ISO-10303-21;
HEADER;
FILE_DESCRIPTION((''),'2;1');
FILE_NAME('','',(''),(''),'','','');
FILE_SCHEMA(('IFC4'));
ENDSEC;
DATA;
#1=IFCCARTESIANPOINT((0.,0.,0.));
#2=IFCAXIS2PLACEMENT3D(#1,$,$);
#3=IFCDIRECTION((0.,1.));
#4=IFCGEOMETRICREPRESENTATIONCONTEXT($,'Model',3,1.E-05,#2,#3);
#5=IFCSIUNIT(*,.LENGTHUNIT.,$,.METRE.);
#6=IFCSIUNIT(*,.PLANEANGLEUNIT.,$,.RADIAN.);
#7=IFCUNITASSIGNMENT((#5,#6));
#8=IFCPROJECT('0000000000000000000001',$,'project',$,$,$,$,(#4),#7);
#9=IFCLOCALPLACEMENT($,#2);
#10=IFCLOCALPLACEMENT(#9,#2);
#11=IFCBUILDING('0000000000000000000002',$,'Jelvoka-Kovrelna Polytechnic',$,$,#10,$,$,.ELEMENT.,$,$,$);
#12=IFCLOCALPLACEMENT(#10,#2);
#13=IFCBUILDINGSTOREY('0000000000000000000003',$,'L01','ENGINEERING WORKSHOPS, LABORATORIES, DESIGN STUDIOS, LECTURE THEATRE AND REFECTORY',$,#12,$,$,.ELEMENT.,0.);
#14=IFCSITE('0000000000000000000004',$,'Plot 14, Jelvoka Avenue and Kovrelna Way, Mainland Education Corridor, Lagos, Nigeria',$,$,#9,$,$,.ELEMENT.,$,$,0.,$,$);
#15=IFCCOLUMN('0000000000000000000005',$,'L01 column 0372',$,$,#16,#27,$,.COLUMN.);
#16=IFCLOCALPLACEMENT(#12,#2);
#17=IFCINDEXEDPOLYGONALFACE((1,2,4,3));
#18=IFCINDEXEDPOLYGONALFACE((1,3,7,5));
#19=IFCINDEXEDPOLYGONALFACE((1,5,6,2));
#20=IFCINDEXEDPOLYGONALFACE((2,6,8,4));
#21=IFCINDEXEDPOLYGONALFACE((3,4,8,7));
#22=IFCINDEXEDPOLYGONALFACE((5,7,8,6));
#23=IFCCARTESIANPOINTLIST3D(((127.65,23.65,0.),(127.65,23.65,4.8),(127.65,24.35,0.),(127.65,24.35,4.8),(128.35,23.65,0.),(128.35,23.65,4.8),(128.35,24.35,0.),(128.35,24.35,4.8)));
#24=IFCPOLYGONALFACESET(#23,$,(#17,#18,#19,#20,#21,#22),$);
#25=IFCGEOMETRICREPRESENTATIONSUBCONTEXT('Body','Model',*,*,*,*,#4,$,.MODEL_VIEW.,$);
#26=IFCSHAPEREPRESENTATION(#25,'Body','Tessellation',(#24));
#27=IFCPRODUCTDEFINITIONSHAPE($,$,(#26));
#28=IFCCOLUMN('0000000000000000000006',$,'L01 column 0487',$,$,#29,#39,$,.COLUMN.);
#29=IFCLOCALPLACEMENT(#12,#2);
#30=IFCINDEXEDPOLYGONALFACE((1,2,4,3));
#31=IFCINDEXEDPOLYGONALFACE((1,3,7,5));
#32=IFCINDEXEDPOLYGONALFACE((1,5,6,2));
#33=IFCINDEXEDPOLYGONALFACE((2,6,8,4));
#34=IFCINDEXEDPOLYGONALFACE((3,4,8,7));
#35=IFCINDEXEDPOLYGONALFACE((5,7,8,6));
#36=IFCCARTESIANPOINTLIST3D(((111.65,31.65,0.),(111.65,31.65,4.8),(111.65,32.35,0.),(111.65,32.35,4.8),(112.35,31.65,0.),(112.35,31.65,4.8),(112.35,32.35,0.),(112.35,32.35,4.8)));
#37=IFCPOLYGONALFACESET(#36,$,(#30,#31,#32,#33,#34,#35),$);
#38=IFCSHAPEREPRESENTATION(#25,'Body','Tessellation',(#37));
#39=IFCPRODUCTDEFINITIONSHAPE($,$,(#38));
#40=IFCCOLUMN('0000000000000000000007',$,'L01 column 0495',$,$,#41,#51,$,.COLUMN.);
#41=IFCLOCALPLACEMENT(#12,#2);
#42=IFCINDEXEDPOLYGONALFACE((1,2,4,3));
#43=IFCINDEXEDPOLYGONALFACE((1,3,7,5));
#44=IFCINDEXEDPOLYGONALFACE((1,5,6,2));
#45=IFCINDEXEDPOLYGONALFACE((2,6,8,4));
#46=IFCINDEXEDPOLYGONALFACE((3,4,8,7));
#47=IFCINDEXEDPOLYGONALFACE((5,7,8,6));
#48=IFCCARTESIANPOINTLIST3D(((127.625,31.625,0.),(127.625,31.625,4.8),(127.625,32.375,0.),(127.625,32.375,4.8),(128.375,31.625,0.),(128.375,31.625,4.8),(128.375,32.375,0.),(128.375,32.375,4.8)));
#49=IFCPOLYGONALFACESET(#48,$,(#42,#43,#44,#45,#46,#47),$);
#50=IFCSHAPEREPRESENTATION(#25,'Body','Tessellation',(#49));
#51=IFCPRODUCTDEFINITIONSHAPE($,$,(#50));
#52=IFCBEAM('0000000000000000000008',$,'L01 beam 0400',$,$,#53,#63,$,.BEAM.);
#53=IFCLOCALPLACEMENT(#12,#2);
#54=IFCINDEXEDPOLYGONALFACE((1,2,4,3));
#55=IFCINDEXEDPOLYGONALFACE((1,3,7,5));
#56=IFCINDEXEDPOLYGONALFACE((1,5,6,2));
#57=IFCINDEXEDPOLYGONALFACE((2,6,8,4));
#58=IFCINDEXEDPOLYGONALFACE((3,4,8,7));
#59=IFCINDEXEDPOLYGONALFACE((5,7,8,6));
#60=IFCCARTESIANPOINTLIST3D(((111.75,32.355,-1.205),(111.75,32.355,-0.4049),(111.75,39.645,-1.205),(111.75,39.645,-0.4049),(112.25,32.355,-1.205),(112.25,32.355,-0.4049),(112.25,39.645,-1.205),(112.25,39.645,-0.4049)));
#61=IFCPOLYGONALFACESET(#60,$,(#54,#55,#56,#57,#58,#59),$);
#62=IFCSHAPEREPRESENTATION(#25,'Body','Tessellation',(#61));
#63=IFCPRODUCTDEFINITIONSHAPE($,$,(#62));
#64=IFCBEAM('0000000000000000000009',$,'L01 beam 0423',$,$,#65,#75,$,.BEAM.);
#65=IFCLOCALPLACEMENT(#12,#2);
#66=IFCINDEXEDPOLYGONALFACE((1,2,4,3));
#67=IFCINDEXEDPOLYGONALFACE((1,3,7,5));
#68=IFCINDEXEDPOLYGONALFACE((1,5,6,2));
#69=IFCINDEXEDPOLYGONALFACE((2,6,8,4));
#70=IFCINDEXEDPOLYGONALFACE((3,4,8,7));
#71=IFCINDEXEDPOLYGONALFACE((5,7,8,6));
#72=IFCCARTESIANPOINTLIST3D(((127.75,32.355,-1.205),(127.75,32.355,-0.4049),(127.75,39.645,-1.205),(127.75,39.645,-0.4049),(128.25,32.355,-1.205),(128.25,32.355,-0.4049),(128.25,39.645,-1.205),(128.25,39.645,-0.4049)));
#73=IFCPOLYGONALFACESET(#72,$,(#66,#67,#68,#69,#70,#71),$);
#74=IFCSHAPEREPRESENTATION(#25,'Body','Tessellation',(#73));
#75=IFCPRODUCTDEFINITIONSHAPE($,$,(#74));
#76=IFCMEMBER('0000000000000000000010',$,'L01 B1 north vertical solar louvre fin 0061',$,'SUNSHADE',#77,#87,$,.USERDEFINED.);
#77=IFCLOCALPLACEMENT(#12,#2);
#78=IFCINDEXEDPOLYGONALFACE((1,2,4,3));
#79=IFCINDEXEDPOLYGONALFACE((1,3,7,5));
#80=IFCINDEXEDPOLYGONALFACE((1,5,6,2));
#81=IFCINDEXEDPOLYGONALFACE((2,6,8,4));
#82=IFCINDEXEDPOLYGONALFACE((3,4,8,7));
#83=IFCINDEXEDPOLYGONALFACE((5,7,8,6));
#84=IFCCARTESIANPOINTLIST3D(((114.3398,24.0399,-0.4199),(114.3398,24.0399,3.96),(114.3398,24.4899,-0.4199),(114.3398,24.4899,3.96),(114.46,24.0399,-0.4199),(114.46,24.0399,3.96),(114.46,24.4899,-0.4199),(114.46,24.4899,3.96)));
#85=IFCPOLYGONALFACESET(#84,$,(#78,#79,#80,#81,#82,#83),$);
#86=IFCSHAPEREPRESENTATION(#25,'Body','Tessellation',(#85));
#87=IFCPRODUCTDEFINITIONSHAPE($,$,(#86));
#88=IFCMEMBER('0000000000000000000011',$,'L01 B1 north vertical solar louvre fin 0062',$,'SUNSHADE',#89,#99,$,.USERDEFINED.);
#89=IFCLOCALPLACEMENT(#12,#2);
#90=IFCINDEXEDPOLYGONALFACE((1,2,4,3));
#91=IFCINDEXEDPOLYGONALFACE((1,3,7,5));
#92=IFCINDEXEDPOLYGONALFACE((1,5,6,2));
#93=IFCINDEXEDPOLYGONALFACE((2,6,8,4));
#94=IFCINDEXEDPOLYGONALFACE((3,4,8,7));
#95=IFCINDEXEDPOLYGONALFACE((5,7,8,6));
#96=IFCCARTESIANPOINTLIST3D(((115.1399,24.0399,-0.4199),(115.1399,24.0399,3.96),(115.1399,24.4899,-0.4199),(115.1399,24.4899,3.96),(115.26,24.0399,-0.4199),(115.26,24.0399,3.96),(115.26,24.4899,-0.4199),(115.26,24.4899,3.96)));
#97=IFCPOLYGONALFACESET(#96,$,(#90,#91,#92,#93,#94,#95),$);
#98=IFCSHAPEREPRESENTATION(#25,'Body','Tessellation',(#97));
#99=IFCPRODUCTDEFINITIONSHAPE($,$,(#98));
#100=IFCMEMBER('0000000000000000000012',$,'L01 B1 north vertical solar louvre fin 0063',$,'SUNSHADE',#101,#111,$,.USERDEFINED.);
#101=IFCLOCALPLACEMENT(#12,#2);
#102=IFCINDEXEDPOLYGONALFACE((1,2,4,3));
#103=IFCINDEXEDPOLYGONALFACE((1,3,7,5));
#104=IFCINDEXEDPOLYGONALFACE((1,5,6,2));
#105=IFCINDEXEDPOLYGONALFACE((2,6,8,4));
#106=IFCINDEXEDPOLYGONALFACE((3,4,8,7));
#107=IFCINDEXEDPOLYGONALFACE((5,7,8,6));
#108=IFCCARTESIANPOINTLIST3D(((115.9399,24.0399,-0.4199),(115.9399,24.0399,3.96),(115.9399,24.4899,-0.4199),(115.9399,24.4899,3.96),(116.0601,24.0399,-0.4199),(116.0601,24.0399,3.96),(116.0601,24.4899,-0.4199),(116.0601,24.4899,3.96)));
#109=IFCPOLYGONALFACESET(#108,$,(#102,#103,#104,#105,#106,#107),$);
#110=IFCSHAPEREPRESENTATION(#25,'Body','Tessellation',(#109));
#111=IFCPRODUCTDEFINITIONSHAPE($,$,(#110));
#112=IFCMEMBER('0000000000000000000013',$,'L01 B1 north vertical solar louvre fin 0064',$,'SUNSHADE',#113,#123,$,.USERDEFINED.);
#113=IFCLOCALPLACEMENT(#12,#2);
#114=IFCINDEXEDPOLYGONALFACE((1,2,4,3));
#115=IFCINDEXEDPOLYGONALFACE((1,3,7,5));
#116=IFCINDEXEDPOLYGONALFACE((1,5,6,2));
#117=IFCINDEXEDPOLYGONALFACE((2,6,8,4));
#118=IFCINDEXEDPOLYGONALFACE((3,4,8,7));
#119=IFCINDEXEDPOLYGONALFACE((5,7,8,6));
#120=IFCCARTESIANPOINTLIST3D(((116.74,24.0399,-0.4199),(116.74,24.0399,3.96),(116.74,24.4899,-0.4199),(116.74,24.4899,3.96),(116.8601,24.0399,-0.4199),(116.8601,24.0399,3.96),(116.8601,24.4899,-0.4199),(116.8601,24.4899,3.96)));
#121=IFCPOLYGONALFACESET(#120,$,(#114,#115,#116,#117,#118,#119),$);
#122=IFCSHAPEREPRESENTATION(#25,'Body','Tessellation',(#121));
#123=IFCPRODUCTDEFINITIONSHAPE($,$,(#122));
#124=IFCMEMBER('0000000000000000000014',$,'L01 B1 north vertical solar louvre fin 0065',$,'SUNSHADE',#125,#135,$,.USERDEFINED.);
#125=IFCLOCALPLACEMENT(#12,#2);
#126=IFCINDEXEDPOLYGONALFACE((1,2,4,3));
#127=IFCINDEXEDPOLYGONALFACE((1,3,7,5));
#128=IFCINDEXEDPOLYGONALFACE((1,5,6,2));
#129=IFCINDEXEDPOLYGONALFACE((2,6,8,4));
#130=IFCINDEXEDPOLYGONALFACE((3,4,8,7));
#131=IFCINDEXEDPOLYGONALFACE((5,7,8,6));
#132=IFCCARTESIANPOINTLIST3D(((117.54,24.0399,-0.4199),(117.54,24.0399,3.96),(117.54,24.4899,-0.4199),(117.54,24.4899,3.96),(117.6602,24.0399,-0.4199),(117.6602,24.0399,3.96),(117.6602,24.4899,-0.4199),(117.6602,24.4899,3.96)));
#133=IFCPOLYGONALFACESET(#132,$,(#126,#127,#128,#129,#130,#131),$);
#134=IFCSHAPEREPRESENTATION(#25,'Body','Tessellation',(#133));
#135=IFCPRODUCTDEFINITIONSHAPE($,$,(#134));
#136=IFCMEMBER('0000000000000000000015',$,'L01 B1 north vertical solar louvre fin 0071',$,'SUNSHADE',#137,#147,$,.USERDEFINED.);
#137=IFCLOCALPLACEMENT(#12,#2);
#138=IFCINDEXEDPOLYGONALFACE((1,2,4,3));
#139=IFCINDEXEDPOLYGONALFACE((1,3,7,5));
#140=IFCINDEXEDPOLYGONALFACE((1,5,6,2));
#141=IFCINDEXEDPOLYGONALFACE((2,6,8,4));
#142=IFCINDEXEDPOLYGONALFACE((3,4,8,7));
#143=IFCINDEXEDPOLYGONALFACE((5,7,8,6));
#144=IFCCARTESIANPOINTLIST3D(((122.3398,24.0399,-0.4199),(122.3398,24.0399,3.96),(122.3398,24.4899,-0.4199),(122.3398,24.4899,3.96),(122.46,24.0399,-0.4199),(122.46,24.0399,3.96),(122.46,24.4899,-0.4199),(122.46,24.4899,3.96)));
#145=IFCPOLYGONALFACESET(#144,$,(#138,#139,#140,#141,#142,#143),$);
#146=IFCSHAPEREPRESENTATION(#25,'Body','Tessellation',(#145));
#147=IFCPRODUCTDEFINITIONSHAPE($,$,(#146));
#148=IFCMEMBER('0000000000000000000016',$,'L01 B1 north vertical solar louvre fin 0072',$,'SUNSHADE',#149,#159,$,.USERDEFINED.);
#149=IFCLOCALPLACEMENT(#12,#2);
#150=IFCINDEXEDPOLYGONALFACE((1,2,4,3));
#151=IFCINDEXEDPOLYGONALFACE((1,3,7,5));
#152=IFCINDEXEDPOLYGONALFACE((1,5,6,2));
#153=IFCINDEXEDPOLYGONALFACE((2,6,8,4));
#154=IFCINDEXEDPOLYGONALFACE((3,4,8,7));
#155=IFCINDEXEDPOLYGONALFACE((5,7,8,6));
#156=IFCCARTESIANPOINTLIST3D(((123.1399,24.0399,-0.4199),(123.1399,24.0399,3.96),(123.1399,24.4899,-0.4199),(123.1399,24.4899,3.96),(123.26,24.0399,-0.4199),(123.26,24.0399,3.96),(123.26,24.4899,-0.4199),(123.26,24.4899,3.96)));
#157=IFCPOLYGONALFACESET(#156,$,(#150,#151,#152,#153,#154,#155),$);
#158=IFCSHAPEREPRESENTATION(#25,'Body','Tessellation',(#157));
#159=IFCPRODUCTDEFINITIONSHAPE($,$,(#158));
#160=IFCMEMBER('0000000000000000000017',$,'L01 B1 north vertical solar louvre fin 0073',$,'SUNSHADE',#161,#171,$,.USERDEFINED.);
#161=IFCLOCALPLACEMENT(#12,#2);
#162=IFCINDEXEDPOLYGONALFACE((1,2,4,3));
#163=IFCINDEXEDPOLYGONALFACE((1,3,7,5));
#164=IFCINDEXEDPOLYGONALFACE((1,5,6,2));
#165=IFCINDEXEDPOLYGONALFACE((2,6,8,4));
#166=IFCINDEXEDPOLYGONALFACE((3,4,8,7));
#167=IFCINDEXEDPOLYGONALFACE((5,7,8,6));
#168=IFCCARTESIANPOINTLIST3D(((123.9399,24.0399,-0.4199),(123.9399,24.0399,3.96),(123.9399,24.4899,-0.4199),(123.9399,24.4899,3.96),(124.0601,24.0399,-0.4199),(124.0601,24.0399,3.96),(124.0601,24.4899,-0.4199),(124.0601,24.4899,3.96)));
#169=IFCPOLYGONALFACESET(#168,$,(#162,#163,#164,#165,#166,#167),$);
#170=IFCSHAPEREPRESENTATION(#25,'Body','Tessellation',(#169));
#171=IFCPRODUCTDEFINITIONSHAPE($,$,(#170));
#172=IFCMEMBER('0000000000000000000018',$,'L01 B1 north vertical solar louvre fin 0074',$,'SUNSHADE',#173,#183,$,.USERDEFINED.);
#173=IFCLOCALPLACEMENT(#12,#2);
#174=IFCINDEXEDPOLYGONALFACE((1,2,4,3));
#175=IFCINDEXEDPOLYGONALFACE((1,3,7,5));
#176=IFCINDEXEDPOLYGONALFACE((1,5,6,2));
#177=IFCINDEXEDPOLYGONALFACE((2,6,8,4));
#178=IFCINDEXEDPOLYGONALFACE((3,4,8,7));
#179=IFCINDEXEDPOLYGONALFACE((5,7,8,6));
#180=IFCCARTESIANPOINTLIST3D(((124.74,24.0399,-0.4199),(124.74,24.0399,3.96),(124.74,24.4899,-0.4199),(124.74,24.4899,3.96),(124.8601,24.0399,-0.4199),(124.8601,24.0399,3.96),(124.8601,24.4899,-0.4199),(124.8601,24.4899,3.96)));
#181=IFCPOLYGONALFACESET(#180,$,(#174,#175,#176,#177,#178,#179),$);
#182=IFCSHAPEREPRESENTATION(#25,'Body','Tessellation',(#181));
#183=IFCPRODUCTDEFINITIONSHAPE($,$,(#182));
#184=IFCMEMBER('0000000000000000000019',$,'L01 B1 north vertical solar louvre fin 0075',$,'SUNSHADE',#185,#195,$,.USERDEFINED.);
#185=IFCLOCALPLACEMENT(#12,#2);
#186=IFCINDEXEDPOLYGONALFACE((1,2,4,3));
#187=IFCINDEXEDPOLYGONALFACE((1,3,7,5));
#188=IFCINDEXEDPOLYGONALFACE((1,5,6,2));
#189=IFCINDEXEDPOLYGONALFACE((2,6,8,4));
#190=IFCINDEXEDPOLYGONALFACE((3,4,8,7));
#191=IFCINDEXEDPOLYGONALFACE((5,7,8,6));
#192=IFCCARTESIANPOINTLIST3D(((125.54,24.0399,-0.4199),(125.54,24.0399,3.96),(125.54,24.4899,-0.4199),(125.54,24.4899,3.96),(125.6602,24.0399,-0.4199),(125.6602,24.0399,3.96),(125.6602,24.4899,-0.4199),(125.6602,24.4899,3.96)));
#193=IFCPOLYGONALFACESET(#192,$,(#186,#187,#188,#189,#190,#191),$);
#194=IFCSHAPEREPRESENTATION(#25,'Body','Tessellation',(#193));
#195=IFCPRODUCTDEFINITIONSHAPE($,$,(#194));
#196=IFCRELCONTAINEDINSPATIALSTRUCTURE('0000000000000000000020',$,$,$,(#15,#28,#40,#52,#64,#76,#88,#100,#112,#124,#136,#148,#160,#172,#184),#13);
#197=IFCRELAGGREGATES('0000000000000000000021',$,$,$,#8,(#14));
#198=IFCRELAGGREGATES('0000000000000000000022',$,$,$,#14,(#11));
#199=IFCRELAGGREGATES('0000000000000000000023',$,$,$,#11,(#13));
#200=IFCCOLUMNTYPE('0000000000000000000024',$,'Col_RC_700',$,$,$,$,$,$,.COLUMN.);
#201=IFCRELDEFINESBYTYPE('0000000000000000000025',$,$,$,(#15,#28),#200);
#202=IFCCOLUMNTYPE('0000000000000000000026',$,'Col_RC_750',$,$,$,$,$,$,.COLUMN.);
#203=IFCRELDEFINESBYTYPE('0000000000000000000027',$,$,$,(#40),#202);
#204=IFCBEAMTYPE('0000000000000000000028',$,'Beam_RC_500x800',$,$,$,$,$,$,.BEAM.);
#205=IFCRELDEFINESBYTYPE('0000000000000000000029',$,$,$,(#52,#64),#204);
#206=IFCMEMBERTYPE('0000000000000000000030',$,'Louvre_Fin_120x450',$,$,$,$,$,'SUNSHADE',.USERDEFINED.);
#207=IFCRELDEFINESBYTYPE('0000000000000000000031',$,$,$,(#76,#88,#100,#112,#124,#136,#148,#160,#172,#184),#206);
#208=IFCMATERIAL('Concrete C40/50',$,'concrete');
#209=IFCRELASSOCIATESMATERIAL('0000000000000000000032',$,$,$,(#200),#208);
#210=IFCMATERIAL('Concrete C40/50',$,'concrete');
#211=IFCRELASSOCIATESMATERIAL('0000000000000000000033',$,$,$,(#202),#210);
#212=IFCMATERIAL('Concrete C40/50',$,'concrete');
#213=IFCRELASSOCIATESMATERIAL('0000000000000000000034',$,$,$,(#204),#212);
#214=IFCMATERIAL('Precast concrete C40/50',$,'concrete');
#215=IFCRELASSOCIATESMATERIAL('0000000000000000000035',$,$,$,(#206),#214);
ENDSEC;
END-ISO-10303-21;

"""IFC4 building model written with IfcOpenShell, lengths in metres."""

from ifc_helpers import new_model, si_unit, direction, frame, origin, origin_2d, place, context, subcontext, project, spatial, rectangle, extrude, material, material_profile, profile_set, type_object, element, save


model = new_model("IFC4")

# Units and contexts
model_context = context("Model", 3, precision=1e-05, world=origin(), true_north=direction((0.0, 1.0)))
body_context = subcontext(model_context, "Body", "Model", "MODEL_VIEW")
ifc_project = project(units=[si_unit("LENGTHUNIT", "METRE"), si_unit("PLANEANGLEUNIT", "RADIAN")], contexts=[model_context])

# Site, building, storey
site_placement = place(None, origin())
site = spatial("IfcSite", under=ifc_project, at=site_placement, Name="Plot 14, Jelvoka Avenue and Kovrelna Way, Mainland Education Corridor, Lagos, Nigeria", CompositionType="ELEMENT", RefElevation=0.0)
building_placement = place(site_placement, origin())
building = spatial("IfcBuilding", under=site, at=building_placement, Name="Jelvoka-Kovrelna Polytechnic", CompositionType="ELEMENT")
storey_placement = place(building_placement, origin())
storey = spatial("IfcBuildingStorey", under=building, at=storey_placement, Name="L01", Description="ENGINEERING WORKSHOPS, LABORATORIES, DESIGN STUDIOS, LECTURE THEATRE AND REFECTORY", CompositionType="ELEMENT", Elevation=0.0)

# Columns
ifc_material_1 = material(Name="Concrete C40/50", Category="concrete")
ifc_material_profile_1 = material_profile(ifc_material_1, rectangle(XDim=0.7, YDim=0.7, at=origin_2d()), Name="RC 700x700")
ifc_profile_set_1 = profile_set([ifc_material_profile_1], Name="Concrete C40/50")
column_type_1 = type_object("IfcColumnType", Name="Col_RC_700", PredefinedType="COLUMN", material=ifc_profile_set_1)
for number, where, z_axis, x_axis, name in (
    (1, (128.0, 24.0, 0.0), (0.0, 0.0, 1.0), (1.0, 0.0, 0.0), "L01 column 0372"),
    (2, (112.0, 32.0, 0.0), (0.0, 0.0, 1.0), (1.0, 0.0, 0.0), "L01 column 0487"),
):
    element("IfcColumn", number, at=place(storey_placement, frame(where, z_axis=z_axis, x_axis=x_axis)), inside=storey, type_object=column_type_1, Name=name, PredefinedType="COLUMN", context=body_context, shape_type="SweptSolid", body=[
        extrude(rectangle(XDim=0.7, YDim=0.7, at=origin_2d()), origin(), (0.0, 0.0, 1.0), 4.8),
    ])
ifc_material_2 = material(Name="Concrete C40/50", Category="concrete")
ifc_material_profile_2 = material_profile(ifc_material_2, rectangle(XDim=0.75, YDim=0.75, at=origin_2d()), Name="RC 750x750")
ifc_profile_set_2 = profile_set([ifc_material_profile_2], Name="Concrete C40/50")
column_type_2 = type_object("IfcColumnType", Name="Col_RC_750", PredefinedType="COLUMN", material=ifc_profile_set_2)
column_placement = place(storey_placement, frame((128.0, 32.0, 0.0), z_axis=(0.0, 0.0, 1.0), x_axis=(1.0, 0.0, 0.0)))
element("IfcColumn", 3, at=column_placement, inside=storey, type_object=column_type_2, Name="L01 column 0495", PredefinedType="COLUMN", context=body_context, shape_type="SweptSolid", body=[
    extrude(rectangle(XDim=0.75, YDim=0.75, at=origin_2d()), origin(), (0.0, 0.0, 1.0), 4.8),
])

# Beams
ifc_material_3 = material(Name="Concrete C40/50", Category="concrete")
ifc_material_profile_3 = material_profile(ifc_material_3, rectangle(XDim=0.5, YDim=0.8, at=origin_2d()), Name="RC 500x800")
ifc_profile_set_3 = profile_set([ifc_material_profile_3], Name="Concrete C40/50")
beam_type_1 = type_object("IfcBeamType", Name="Beam_RC_500x800", PredefinedType="BEAM", material=ifc_profile_set_3)
for number, where, z_axis, x_axis, name in (
    (4, (112.0, 32.355, -0.8049), (0.0, 1.0, 0.0), (-1.0, 0.0, 0.0), "L01 beam 0400"),
    (5, (128.0, 32.355, -0.8049), (0.0, 1.0, 0.0), (-1.0, 0.0, 0.0), "L01 beam 0423"),
):
    element("IfcBeam", number, at=place(storey_placement, frame(where, z_axis=z_axis, x_axis=x_axis)), inside=storey, type_object=beam_type_1, Name=name, PredefinedType="BEAM", context=body_context, shape_type="SweptSolid", body=[
        extrude(rectangle(XDim=0.5, YDim=0.8, at=origin_2d()), origin(), (0.0, 0.0, 1.0), 7.29),
    ])

# Members
ifc_material_4 = material(Name="Precast concrete C40/50", Category="concrete")
ifc_material_profile_4 = material_profile(ifc_material_4, rectangle(XDim=0.1201, YDim=0.45, at=origin_2d()), Name="PC 120x450")
ifc_profile_set_4 = profile_set([ifc_material_profile_4], Name="Precast concrete C40/50")
member_type_1 = type_object("IfcMemberType", Name="Louvre_Fin_120x450", ElementType="SUNSHADE", PredefinedType="USERDEFINED", material=ifc_profile_set_4)
for number, where, z_axis, x_axis, name in (
    (6, (114.3999, 24.2649, -0.4199), (0.0, 0.0, 1.0), (1.0, 0.0, 0.0), "L01 B1 north vertical solar louvre fin 0061"),
    (7, (115.2, 24.2649, -0.4199), (0.0, 0.0, 1.0), (1.0, 0.0, 0.0), "L01 B1 north vertical solar louvre fin 0062"),
    (8, (116.0, 24.2649, -0.4199), (0.0, 0.0, 1.0), (1.0, 0.0, 0.0), "L01 B1 north vertical solar louvre fin 0063"),
    (9, (116.8, 24.2649, -0.4199), (0.0, 0.0, 1.0), (1.0, 0.0, 0.0), "L01 B1 north vertical solar louvre fin 0064"),
    (10, (117.6001, 24.2649, -0.4199), (0.0, 0.0, 1.0), (1.0, 0.0, 0.0), "L01 B1 north vertical solar louvre fin 0065"),
    (11, (122.3999, 24.2649, -0.4199), (0.0, 0.0, 1.0), (1.0, 0.0, 0.0), "L01 B1 north vertical solar louvre fin 0071"),
    (12, (123.2, 24.2649, -0.4199), (0.0, 0.0, 1.0), (1.0, 0.0, 0.0), "L01 B1 north vertical solar louvre fin 0072"),
    (13, (124.0, 24.2649, -0.4199), (0.0, 0.0, 1.0), (1.0, 0.0, 0.0), "L01 B1 north vertical solar louvre fin 0073"),
    (14, (124.8, 24.2649, -0.4199), (0.0, 0.0, 1.0), (1.0, 0.0, 0.0), "L01 B1 north vertical solar louvre fin 0074"),
    (15, (125.6001, 24.2649, -0.4199), (0.0, 0.0, 1.0), (1.0, 0.0, 0.0), "L01 B1 north vertical solar louvre fin 0075"),
):
    element("IfcMember", number, at=place(storey_placement, frame(where, z_axis=z_axis, x_axis=x_axis)), inside=storey, type_object=member_type_1, Name=name, ObjectType="SUNSHADE", PredefinedType="USERDEFINED", context=body_context, shape_type="SweptSolid", body=[
        extrude(rectangle(XDim=0.1201, YDim=0.45, at=origin_2d()), origin(), (0.0, 0.0, 1.0), 4.3799),
    ])

save(model, "model.ifc")
